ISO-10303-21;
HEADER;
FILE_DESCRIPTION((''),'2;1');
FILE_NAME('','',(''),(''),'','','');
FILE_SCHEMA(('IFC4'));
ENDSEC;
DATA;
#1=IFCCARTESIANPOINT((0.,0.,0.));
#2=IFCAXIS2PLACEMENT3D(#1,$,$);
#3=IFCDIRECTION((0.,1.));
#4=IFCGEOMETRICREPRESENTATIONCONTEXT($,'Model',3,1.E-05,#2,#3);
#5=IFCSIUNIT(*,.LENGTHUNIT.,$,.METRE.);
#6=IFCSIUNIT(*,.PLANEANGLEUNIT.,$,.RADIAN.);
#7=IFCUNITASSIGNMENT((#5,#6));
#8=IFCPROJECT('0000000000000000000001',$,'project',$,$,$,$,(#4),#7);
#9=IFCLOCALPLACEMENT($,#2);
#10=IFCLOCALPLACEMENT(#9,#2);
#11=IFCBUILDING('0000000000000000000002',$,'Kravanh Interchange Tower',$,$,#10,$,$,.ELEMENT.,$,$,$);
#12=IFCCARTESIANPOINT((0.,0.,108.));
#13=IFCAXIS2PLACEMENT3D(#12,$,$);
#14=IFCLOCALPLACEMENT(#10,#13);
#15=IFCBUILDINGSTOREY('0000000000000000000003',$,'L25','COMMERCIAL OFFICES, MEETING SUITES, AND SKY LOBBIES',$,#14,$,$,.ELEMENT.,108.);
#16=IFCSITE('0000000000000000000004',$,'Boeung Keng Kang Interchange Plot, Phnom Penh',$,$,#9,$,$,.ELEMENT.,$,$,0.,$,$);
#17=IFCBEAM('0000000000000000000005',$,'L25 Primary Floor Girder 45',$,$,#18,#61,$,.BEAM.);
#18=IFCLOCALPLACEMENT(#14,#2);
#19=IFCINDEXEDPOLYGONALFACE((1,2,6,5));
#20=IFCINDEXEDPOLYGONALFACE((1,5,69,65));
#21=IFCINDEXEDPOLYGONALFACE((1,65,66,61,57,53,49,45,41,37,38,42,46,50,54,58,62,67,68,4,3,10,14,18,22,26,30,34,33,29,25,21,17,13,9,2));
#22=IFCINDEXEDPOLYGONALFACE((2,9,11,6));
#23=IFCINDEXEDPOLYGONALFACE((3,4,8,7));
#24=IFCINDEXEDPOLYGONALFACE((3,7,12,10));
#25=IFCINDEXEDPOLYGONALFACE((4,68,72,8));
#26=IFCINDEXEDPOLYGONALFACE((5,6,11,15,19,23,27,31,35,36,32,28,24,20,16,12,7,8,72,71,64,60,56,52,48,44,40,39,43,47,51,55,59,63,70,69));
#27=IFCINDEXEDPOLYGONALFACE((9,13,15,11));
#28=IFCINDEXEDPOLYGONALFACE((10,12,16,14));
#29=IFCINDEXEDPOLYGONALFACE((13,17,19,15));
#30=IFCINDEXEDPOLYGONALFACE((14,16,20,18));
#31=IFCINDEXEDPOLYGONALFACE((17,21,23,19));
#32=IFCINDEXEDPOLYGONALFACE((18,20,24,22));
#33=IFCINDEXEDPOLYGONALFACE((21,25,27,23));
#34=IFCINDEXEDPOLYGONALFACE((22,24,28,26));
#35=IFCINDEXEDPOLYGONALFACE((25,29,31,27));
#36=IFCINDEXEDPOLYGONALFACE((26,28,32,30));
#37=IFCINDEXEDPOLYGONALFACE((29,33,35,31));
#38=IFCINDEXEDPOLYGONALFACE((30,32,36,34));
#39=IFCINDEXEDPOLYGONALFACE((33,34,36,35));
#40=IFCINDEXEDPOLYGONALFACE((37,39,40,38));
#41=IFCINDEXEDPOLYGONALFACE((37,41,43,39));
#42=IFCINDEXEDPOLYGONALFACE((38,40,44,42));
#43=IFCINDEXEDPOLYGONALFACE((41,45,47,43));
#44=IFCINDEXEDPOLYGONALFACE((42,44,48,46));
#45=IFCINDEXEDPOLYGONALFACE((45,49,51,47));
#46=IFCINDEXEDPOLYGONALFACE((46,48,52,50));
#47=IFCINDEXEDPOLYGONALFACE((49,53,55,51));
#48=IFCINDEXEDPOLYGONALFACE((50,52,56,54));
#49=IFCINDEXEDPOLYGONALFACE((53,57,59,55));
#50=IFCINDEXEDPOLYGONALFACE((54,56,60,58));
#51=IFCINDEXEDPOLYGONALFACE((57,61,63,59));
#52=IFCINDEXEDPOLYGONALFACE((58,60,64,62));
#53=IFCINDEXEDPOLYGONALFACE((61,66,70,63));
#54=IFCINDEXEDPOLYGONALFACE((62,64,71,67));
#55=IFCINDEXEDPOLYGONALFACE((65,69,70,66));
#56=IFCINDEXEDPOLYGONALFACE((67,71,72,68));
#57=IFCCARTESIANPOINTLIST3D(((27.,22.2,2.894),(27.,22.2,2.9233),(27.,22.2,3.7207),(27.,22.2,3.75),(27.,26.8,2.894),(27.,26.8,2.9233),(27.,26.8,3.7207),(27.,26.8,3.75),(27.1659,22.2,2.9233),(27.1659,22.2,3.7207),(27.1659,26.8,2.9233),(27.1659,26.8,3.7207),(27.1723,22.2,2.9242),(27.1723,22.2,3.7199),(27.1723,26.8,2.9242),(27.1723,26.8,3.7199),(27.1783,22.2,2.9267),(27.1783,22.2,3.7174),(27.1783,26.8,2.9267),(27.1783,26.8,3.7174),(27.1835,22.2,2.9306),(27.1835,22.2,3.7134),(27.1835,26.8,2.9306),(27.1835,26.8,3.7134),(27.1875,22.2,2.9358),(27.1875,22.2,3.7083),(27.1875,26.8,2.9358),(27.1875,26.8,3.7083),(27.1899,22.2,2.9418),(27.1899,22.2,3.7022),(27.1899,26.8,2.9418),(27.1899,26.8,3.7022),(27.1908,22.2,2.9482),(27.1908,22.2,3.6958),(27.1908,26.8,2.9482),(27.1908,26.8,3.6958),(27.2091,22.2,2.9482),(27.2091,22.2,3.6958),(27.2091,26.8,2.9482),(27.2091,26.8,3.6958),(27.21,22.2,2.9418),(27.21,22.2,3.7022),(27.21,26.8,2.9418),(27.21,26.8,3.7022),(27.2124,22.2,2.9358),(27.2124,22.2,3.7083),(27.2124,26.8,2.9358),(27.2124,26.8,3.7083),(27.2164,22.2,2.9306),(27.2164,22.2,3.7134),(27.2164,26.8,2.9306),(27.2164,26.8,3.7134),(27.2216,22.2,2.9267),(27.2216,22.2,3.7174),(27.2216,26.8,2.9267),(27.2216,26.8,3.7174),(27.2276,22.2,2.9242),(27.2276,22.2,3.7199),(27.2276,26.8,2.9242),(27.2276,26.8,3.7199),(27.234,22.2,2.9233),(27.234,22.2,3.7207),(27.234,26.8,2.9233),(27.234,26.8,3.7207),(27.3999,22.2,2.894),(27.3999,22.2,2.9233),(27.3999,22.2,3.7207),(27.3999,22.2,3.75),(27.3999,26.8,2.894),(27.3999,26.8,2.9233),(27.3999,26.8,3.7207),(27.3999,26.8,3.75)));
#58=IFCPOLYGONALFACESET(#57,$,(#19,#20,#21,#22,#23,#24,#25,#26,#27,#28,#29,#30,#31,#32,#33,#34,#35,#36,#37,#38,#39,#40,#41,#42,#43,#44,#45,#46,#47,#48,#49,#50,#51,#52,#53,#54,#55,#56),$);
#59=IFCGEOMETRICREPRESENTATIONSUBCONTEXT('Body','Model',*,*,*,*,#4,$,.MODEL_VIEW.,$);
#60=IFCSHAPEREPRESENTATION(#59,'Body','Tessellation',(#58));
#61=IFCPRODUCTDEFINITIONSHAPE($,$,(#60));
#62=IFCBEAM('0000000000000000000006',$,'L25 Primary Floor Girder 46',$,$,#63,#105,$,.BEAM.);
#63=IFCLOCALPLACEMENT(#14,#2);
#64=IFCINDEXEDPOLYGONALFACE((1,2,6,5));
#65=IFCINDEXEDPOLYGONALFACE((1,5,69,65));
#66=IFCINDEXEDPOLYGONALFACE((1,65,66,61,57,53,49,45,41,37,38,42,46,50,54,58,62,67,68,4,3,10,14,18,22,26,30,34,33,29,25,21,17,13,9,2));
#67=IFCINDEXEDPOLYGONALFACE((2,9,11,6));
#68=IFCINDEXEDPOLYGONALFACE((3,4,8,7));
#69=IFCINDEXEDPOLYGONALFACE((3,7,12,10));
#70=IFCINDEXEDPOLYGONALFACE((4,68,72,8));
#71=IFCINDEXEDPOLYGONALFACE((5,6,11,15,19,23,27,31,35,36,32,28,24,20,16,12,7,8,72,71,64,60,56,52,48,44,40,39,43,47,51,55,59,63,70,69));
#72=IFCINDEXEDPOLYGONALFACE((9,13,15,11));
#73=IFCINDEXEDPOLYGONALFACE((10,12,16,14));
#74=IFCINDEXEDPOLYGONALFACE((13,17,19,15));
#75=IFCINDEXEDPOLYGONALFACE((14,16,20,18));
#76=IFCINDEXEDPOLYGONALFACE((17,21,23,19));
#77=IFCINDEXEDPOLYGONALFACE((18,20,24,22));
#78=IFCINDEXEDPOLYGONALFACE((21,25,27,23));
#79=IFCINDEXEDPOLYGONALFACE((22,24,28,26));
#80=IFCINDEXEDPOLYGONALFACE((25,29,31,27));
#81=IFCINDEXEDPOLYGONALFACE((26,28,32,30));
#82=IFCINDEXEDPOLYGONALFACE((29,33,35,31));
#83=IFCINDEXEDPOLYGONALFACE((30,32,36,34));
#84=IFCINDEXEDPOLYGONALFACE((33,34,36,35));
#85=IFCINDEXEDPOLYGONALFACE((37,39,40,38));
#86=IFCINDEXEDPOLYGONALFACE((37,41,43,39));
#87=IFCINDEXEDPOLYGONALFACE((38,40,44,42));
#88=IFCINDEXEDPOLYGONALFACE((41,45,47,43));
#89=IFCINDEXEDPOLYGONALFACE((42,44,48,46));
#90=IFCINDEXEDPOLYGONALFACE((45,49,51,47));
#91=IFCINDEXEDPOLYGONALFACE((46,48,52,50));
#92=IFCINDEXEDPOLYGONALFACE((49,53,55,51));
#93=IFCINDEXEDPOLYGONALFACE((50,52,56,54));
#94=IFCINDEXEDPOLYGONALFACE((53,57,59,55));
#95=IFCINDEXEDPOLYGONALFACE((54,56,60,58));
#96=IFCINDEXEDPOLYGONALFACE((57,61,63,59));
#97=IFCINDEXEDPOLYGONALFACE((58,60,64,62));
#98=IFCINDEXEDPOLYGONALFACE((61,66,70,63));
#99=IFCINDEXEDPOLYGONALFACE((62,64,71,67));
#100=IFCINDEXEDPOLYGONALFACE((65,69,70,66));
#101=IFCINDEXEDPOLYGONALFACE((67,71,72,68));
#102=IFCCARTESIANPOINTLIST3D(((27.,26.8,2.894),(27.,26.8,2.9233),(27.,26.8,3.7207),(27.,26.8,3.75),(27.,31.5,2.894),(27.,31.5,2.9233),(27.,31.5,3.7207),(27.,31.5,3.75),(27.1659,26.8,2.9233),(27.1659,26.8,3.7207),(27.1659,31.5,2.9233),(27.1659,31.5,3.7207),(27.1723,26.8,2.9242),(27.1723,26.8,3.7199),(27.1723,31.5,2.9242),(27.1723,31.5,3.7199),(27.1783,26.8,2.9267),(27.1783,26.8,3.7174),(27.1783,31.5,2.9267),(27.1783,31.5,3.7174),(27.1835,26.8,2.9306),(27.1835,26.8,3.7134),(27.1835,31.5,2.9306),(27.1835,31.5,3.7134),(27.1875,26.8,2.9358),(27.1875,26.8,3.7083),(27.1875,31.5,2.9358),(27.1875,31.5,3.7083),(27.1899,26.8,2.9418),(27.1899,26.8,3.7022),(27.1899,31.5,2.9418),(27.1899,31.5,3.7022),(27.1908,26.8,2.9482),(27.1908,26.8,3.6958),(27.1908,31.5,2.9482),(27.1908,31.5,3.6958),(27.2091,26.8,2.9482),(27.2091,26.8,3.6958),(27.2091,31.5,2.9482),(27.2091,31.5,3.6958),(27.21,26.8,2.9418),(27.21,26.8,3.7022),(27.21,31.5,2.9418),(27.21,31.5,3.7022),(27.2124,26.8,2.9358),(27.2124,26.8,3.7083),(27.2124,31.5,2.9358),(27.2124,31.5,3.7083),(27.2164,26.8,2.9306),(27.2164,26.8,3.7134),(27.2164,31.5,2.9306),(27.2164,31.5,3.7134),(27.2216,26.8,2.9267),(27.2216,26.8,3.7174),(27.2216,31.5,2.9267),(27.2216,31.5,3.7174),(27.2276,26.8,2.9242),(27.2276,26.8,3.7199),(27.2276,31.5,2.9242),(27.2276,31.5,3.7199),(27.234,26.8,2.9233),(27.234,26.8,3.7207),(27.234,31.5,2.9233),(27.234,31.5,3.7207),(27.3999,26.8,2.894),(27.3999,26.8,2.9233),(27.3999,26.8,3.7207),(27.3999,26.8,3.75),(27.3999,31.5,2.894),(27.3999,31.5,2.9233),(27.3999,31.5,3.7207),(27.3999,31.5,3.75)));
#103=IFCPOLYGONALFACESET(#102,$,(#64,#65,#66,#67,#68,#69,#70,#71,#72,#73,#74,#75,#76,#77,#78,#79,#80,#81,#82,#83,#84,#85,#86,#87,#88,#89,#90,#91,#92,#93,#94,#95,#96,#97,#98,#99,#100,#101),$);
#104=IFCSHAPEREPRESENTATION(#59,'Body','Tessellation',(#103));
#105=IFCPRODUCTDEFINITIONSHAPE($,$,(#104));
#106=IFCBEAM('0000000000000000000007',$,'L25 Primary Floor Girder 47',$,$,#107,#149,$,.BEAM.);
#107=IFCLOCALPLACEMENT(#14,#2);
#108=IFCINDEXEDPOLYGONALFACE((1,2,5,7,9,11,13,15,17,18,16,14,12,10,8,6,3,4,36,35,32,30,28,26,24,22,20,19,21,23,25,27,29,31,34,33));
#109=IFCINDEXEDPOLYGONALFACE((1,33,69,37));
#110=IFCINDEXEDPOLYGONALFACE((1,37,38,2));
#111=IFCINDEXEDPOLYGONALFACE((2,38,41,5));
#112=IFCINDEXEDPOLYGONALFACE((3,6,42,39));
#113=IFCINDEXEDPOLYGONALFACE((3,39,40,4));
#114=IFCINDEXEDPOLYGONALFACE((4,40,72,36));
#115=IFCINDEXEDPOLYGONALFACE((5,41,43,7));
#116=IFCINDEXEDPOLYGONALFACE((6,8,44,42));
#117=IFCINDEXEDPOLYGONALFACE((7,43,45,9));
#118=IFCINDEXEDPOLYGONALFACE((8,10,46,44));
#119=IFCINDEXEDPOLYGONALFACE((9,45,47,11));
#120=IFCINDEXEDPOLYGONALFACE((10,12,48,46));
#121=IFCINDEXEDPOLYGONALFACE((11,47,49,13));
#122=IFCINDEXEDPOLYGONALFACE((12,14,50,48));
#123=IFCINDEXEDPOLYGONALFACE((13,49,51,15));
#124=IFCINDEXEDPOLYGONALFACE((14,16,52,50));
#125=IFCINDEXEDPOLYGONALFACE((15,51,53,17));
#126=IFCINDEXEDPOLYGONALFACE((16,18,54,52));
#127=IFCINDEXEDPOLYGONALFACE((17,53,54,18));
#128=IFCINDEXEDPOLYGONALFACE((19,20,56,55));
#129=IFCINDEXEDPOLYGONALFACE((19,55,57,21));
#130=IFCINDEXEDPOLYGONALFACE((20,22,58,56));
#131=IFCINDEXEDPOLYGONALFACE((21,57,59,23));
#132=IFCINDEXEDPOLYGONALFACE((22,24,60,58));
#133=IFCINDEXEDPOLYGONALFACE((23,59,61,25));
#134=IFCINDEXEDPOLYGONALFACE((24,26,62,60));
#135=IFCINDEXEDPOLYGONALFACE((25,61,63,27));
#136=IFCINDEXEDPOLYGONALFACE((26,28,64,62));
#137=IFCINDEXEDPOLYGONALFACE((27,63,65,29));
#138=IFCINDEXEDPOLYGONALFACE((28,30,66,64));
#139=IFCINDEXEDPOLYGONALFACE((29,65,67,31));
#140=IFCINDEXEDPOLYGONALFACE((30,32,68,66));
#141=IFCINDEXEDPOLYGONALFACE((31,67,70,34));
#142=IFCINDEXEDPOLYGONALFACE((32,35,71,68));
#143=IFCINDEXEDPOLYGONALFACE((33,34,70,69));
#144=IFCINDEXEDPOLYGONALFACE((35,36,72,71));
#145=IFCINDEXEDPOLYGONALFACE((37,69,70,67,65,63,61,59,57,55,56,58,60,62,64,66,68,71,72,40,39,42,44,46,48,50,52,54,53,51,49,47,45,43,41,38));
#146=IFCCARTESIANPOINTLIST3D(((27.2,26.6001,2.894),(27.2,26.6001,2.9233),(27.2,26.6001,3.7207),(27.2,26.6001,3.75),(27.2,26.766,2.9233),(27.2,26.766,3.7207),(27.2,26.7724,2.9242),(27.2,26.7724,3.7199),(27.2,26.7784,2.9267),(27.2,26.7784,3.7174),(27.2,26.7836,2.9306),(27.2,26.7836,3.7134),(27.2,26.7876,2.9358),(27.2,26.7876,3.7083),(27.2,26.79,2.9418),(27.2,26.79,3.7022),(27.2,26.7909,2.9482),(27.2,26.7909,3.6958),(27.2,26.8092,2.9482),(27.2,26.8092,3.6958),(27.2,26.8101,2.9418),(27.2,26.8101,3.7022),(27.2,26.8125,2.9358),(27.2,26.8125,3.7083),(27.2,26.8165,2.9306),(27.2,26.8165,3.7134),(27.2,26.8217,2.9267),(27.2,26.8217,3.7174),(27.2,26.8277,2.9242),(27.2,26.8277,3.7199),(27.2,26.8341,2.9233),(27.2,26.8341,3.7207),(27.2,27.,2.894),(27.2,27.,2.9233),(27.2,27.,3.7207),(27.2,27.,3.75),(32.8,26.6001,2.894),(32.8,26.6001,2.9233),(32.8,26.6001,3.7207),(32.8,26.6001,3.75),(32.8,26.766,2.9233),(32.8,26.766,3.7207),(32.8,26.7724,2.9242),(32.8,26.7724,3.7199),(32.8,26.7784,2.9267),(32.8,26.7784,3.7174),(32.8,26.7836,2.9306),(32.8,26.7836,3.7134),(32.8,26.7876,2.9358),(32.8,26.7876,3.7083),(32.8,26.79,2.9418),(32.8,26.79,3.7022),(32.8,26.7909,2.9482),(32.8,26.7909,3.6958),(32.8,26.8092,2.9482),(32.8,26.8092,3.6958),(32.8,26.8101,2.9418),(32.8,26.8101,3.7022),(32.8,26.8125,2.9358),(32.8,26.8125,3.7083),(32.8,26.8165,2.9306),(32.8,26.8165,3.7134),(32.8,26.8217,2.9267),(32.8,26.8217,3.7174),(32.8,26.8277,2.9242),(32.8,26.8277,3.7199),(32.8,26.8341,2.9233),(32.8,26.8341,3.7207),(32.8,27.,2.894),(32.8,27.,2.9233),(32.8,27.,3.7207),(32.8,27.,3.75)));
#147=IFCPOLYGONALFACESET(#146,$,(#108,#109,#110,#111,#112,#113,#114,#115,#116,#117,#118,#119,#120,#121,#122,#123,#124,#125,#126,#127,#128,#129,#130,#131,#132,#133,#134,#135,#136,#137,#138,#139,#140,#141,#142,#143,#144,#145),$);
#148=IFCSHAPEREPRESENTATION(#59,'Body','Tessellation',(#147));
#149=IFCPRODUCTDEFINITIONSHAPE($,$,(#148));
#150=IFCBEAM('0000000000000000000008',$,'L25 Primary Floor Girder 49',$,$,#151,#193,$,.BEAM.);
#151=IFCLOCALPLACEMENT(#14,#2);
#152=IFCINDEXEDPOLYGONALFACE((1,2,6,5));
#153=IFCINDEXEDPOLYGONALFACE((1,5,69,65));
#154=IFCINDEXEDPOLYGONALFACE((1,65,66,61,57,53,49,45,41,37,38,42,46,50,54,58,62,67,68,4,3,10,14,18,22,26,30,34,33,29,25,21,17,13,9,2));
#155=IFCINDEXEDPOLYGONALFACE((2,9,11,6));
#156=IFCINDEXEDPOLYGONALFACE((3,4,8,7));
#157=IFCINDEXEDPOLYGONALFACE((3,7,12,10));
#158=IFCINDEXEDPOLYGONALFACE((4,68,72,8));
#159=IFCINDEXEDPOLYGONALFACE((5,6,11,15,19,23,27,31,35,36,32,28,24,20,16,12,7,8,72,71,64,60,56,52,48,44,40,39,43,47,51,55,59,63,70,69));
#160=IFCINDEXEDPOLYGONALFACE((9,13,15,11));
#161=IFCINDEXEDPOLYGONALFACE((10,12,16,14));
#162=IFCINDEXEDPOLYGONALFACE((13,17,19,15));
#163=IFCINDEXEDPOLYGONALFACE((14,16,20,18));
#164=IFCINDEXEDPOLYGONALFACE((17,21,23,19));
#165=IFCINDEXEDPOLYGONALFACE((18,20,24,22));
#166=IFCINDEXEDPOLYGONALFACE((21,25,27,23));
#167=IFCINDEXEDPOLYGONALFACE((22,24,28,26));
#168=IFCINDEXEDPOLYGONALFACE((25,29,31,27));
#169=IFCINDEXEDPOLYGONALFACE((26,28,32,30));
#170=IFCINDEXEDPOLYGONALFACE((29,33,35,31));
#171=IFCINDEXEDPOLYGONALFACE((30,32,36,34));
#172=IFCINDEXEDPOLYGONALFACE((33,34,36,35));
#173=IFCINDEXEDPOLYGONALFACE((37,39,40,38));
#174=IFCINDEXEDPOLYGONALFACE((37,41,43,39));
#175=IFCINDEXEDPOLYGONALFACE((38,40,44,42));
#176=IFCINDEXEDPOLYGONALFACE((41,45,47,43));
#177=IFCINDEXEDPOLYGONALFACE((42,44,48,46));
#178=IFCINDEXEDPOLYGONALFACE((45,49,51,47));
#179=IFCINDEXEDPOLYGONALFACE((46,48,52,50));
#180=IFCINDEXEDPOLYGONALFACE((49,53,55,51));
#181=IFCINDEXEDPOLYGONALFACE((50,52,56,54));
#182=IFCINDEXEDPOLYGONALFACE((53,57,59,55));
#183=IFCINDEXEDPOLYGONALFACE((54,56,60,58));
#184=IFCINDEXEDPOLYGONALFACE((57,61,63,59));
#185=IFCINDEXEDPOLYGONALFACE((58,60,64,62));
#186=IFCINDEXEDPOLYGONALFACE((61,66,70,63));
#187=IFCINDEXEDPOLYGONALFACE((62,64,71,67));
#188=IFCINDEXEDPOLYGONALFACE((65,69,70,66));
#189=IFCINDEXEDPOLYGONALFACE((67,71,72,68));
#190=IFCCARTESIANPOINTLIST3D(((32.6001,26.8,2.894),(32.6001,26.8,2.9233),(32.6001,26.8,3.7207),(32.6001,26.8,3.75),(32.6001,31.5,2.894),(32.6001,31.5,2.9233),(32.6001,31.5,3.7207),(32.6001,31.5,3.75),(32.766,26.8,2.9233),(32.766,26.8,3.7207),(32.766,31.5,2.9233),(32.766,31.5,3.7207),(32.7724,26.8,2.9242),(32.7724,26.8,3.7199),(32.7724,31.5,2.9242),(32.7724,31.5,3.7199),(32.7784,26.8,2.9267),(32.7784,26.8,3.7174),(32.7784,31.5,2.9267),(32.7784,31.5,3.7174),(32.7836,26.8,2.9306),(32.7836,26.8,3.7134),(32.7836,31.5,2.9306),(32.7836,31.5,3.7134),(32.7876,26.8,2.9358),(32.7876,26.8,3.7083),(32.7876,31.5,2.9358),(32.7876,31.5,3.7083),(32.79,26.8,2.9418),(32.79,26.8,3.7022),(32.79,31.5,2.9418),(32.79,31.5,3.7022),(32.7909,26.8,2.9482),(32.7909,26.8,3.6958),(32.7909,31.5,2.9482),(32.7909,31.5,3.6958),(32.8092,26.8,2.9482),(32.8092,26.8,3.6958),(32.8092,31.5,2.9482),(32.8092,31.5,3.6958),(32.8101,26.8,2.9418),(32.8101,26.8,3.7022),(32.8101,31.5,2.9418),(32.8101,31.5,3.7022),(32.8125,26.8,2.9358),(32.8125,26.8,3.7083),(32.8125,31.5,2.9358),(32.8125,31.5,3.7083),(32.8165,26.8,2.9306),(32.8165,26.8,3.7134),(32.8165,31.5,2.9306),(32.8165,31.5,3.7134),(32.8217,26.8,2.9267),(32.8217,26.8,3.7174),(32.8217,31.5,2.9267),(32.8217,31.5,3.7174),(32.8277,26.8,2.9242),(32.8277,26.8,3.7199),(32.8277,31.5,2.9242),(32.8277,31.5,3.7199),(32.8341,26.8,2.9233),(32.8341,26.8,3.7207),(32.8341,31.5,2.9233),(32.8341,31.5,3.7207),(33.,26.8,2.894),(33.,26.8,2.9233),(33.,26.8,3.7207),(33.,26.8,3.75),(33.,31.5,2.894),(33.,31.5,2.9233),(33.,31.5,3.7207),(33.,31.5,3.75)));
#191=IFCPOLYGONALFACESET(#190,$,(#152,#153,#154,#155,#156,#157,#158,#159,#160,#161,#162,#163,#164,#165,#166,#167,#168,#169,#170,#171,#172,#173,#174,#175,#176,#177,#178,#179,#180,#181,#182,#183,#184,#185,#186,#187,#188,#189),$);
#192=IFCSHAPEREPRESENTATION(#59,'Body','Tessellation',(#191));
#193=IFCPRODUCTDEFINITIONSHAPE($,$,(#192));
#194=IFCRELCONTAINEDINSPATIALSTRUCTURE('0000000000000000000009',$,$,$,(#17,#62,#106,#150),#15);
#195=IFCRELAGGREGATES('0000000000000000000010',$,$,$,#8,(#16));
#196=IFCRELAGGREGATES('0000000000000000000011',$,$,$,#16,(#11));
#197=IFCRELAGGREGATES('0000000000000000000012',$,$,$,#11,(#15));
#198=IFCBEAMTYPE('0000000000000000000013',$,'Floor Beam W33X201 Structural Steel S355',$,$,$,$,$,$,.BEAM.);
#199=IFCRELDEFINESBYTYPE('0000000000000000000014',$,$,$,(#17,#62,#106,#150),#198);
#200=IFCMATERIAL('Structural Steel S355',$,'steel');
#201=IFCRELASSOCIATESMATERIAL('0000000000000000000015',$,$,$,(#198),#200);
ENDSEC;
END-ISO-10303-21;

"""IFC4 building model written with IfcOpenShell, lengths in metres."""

from ifc_helpers import new_model, si_unit, direction, frame, origin, origin_2d, place, context, subcontext, project, spatial, i_section, extrude, material, material_profile, profile_set, type_object, element, save


model = new_model("IFC4")

# Units and contexts
model_context = context("Model", 3, precision=1e-05, world=origin(), true_north=direction((0.0, 1.0)))
body_context = subcontext(model_context, "Body", "Model", "MODEL_VIEW")
ifc_project = project(units=[si_unit("LENGTHUNIT", "METRE"), si_unit("PLANEANGLEUNIT", "RADIAN")], contexts=[model_context])

# Site, building, storey
site_placement = place(None, origin())
site = spatial("IfcSite", under=ifc_project, at=site_placement, Name="Boeung Keng Kang Interchange Plot, Phnom Penh", CompositionType="ELEMENT", RefElevation=0.0)
building_placement = place(site_placement, origin())
building = spatial("IfcBuilding", under=site, at=building_placement, Name="Kravanh Interchange Tower", CompositionType="ELEMENT")
storey_placement = place(building_placement, frame((0.0, 0.0, 108.0)))
storey = spatial("IfcBuildingStorey", under=building, at=storey_placement, Name="L25", Description="COMMERCIAL OFFICES, MEETING SUITES, AND SKY LOBBIES", CompositionType="ELEMENT", Elevation=108.0)

# Beams
ifc_material_1 = material(Name="Structural Steel S355", Category="steel")
ifc_material_profile_1 = material_profile(ifc_material_1, i_section(OverallWidth=0.3999, OverallDepth=0.856, WebThickness=0.0183, FlangeThickness=0.0293, FilletRadius=0.0249, at=origin_2d()), Name="W33X201")
ifc_profile_set_1 = profile_set([ifc_material_profile_1], Name="Structural Steel S355")
beam_type_1 = type_object("IfcBeamType", Name="Floor Beam W33X201 Structural Steel S355", PredefinedType="BEAM", material=ifc_profile_set_1)
beam_1_placement = place(storey_placement, frame((27.2, 26.8, 3.322), z_axis=(0.0, -1.0, 0.0), x_axis=(1.0, 0.0, 0.0)))
element("IfcBeam", 1, at=beam_1_placement, inside=storey, type_object=beam_type_1, Name="L25 Primary Floor Girder 45", PredefinedType="BEAM", context=body_context, shape_type="SweptSolid", body=[
    extrude(i_section(OverallWidth=0.3999, OverallDepth=0.856, WebThickness=0.0183, FlangeThickness=0.0293, FilletRadius=0.0249, at=origin_2d()), origin(), (0.0, 0.0, 1.0), 4.6001),
])
beam_2_placement = place(storey_placement, frame((27.2, 26.8, 3.322), z_axis=(0.0, 1.0, 0.0), x_axis=(-1.0, 0.0, 0.0)))
element("IfcBeam", 2, at=beam_2_placement, inside=storey, type_object=beam_type_1, Name="L25 Primary Floor Girder 46", PredefinedType="BEAM", context=body_context, shape_type="SweptSolid", body=[
    extrude(i_section(OverallWidth=0.3999, OverallDepth=0.856, WebThickness=0.0183, FlangeThickness=0.0293, FilletRadius=0.0249, at=origin_2d()), origin(), (0.0, 0.0, 1.0), 4.7),
])
beam_3_placement = place(storey_placement, frame((27.2, 26.8, 3.322), z_axis=(1.0, 0.0, 0.0), x_axis=(0.0, 1.0, 0.0)))
element("IfcBeam", 3, at=beam_3_placement, inside=storey, type_object=beam_type_1, Name="L25 Primary Floor Girder 47", PredefinedType="BEAM", context=body_context, shape_type="SweptSolid", body=[
    extrude(i_section(OverallWidth=0.3999, OverallDepth=0.856, WebThickness=0.0183, FlangeThickness=0.0293, FilletRadius=0.0249, at=origin_2d()), origin(), (0.0, 0.0, 1.0), 5.6001),
])
beam_4_placement = place(storey_placement, frame((32.8, 26.8, 3.322), z_axis=(0.0, 1.0, 0.0), x_axis=(-1.0, 0.0, 0.0)))
element("IfcBeam", 4, at=beam_4_placement, inside=storey, type_object=beam_type_1, Name="L25 Primary Floor Girder 49", PredefinedType="BEAM", context=body_context, shape_type="SweptSolid", body=[
    extrude(i_section(OverallWidth=0.3999, OverallDepth=0.856, WebThickness=0.0183, FlangeThickness=0.0293, FilletRadius=0.0249, at=origin_2d()), origin(), (0.0, 0.0, 1.0), 4.7),
])

save(model, "model.ifc")
